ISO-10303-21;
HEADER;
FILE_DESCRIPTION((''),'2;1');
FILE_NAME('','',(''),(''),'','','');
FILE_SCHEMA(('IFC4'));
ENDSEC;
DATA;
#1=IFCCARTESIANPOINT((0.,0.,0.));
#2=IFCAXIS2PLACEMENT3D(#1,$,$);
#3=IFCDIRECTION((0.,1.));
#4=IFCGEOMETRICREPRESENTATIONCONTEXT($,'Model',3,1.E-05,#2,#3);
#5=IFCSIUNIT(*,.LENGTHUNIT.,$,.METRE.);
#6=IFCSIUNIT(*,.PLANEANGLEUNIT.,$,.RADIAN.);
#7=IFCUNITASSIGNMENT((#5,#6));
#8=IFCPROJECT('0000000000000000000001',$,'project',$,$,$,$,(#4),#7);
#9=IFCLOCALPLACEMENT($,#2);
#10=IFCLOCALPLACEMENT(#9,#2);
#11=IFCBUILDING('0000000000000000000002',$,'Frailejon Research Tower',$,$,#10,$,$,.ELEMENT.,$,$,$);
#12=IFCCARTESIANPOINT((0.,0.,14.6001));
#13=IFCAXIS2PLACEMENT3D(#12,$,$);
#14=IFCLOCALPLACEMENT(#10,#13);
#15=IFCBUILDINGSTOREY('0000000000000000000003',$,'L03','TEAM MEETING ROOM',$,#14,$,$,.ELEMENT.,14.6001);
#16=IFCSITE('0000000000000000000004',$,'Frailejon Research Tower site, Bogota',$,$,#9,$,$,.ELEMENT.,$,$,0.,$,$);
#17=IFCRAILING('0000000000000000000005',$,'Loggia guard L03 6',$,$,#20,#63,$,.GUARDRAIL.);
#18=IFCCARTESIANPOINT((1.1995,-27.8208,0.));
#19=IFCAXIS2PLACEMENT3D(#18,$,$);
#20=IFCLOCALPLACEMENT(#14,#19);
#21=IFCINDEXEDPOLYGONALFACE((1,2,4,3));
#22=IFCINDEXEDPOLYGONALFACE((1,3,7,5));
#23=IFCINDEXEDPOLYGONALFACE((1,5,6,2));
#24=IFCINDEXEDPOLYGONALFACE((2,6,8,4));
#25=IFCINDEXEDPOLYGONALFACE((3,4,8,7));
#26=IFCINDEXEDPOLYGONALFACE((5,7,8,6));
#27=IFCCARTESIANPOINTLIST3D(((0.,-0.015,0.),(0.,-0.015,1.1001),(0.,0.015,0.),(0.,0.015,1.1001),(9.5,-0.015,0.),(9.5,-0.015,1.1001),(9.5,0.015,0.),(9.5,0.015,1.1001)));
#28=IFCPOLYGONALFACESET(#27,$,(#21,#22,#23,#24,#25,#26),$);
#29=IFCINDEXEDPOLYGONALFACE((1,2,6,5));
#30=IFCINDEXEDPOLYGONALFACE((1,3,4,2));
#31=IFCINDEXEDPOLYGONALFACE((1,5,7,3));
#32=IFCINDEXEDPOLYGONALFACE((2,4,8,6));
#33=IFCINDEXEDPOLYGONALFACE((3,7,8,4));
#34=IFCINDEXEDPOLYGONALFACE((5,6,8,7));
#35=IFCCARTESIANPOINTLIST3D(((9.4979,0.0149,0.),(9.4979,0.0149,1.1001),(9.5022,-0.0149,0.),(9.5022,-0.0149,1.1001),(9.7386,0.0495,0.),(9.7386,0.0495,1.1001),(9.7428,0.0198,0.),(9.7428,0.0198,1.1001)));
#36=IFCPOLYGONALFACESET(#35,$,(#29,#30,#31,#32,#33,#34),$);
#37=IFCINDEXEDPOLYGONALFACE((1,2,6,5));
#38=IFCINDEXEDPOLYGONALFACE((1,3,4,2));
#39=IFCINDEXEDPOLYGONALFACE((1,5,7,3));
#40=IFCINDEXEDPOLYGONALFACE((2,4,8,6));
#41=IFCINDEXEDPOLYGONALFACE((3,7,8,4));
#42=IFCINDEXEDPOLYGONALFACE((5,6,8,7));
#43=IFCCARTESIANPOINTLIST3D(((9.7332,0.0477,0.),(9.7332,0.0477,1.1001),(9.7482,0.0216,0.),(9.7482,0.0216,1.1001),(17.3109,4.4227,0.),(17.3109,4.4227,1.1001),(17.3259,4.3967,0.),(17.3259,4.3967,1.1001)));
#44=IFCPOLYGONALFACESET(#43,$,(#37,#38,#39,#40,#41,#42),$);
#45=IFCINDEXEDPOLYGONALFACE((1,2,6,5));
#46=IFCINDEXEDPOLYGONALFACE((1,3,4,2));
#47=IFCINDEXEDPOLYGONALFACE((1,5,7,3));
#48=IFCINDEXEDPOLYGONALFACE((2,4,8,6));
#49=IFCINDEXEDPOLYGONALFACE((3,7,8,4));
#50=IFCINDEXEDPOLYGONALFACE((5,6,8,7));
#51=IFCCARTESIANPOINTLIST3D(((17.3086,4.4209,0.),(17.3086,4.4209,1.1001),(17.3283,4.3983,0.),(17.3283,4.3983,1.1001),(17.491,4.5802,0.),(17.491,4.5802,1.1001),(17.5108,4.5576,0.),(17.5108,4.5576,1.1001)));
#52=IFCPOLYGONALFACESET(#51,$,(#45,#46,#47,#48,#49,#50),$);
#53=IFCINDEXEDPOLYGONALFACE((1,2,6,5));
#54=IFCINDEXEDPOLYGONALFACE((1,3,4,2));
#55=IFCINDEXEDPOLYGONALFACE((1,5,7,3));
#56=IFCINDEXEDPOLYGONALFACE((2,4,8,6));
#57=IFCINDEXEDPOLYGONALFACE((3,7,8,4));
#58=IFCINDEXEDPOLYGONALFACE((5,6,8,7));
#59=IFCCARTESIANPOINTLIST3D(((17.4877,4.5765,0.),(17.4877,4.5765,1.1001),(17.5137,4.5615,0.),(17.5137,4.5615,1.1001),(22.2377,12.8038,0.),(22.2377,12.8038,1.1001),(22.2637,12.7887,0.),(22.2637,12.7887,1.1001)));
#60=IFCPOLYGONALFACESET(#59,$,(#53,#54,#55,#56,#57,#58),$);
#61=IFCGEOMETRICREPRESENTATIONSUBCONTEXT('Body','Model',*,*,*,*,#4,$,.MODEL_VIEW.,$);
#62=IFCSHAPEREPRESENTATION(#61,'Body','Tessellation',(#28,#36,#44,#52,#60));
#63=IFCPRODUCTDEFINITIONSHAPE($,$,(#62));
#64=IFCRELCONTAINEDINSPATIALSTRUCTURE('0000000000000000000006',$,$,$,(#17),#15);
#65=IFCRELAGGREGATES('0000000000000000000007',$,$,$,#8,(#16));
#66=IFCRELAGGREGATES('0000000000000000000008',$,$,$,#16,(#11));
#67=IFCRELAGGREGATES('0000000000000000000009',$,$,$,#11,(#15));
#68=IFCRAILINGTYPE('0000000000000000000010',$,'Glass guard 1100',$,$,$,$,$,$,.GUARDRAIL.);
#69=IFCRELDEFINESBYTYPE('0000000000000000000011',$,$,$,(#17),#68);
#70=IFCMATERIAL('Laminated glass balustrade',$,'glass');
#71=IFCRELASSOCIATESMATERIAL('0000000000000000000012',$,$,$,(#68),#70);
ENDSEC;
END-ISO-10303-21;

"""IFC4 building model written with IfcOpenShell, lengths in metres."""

from ifc_helpers import new_model, si_unit, direction, frame, origin, origin_2d, place, context, subcontext, project, spatial, rectangle, extrude, material, type_object, element, save


model = new_model("IFC4")

# Units and contexts
model_context = context("Model", 3, precision=1e-05, world=origin(), true_north=direction((0.0, 1.0)))
body_context = subcontext(model_context, "Body", "Model", "MODEL_VIEW")
ifc_project = project(units=[si_unit("LENGTHUNIT", "METRE"), si_unit("PLANEANGLEUNIT", "RADIAN")], contexts=[model_context])

# Site, building, storey
site_placement = place(None, origin())
site = spatial("IfcSite", under=ifc_project, at=site_placement, Name="Frailejon Research Tower site, Bogota", CompositionType="ELEMENT", RefElevation=0.0)
building_placement = place(site_placement, origin())
building = spatial("IfcBuilding", under=site, at=building_placement, Name="Frailejon Research Tower", CompositionType="ELEMENT")
storey_placement = place(building_placement, frame((0.0, 0.0, 14.6001)))
storey = spatial("IfcBuildingStorey", under=building, at=storey_placement, Name="L03", Description="TEAM MEETING ROOM", CompositionType="ELEMENT", Elevation=14.6001)

# Railing
ifc_material_1 = material(Name="Laminated glass balustrade", Category="glass")
railing_type = type_object("IfcRailingType", Name="Glass guard 1100", PredefinedType="GUARDRAIL", material=ifc_material_1)
railing_placement = place(storey_placement, frame((1.1995, -27.8208, 0.0)))
element("IfcRailing", 1, at=railing_placement, inside=storey, type_object=railing_type, Name="Loggia guard L03 6", PredefinedType="GUARDRAIL", context=body_context, shape_type="SweptSolid", body=[
    extrude(rectangle(XDim=9.5, YDim=0.03, at=origin_2d()), frame((4.75, 0.0, 0.0), z_axis=(0.0, 0.0, 1.0), x_axis=(1.0, 0.0, 0.0)), (0.0, 0.0, 1.0), 1.1001),
    extrude(rectangle(XDim=0.2432, YDim=0.03, at=origin_2d()), frame((9.6204, 0.0173, 0.0), z_axis=(0.0, 0.0, 1.0), x_axis=(0.989788, 0.142546, 0.0)), (0.0, 0.0, 1.0), 1.1001),
    extrude(rectangle(XDim=8.75, YDim=0.03, at=origin_2d()), frame((13.5295, 2.2222, 0.0), z_axis=(0.0, 0.0, 1.0), x_axis=(0.866023, 0.500004, 0.0)), (0.0, 0.0, 1.0), 1.1001),
    extrude(rectangle(XDim=0.2422, YDim=0.03, at=origin_2d()), frame((17.4097, 4.4893, 0.0), z_axis=(0.0, 0.0, 1.0), x_axis=(0.753388, 0.657576, 0.0)), (0.0, 0.0, 1.0), 1.1001),
    extrude(rectangle(XDim=9.5, YDim=0.03, at=origin_2d()), frame((19.8757, 8.6826, 0.0), z_axis=(0.0, 0.0, 1.0), x_axis=(0.499998, 0.866027, 0.0)), (0.0, 0.0, 1.0), 1.1001),
])

save(model, "model.ifc")
